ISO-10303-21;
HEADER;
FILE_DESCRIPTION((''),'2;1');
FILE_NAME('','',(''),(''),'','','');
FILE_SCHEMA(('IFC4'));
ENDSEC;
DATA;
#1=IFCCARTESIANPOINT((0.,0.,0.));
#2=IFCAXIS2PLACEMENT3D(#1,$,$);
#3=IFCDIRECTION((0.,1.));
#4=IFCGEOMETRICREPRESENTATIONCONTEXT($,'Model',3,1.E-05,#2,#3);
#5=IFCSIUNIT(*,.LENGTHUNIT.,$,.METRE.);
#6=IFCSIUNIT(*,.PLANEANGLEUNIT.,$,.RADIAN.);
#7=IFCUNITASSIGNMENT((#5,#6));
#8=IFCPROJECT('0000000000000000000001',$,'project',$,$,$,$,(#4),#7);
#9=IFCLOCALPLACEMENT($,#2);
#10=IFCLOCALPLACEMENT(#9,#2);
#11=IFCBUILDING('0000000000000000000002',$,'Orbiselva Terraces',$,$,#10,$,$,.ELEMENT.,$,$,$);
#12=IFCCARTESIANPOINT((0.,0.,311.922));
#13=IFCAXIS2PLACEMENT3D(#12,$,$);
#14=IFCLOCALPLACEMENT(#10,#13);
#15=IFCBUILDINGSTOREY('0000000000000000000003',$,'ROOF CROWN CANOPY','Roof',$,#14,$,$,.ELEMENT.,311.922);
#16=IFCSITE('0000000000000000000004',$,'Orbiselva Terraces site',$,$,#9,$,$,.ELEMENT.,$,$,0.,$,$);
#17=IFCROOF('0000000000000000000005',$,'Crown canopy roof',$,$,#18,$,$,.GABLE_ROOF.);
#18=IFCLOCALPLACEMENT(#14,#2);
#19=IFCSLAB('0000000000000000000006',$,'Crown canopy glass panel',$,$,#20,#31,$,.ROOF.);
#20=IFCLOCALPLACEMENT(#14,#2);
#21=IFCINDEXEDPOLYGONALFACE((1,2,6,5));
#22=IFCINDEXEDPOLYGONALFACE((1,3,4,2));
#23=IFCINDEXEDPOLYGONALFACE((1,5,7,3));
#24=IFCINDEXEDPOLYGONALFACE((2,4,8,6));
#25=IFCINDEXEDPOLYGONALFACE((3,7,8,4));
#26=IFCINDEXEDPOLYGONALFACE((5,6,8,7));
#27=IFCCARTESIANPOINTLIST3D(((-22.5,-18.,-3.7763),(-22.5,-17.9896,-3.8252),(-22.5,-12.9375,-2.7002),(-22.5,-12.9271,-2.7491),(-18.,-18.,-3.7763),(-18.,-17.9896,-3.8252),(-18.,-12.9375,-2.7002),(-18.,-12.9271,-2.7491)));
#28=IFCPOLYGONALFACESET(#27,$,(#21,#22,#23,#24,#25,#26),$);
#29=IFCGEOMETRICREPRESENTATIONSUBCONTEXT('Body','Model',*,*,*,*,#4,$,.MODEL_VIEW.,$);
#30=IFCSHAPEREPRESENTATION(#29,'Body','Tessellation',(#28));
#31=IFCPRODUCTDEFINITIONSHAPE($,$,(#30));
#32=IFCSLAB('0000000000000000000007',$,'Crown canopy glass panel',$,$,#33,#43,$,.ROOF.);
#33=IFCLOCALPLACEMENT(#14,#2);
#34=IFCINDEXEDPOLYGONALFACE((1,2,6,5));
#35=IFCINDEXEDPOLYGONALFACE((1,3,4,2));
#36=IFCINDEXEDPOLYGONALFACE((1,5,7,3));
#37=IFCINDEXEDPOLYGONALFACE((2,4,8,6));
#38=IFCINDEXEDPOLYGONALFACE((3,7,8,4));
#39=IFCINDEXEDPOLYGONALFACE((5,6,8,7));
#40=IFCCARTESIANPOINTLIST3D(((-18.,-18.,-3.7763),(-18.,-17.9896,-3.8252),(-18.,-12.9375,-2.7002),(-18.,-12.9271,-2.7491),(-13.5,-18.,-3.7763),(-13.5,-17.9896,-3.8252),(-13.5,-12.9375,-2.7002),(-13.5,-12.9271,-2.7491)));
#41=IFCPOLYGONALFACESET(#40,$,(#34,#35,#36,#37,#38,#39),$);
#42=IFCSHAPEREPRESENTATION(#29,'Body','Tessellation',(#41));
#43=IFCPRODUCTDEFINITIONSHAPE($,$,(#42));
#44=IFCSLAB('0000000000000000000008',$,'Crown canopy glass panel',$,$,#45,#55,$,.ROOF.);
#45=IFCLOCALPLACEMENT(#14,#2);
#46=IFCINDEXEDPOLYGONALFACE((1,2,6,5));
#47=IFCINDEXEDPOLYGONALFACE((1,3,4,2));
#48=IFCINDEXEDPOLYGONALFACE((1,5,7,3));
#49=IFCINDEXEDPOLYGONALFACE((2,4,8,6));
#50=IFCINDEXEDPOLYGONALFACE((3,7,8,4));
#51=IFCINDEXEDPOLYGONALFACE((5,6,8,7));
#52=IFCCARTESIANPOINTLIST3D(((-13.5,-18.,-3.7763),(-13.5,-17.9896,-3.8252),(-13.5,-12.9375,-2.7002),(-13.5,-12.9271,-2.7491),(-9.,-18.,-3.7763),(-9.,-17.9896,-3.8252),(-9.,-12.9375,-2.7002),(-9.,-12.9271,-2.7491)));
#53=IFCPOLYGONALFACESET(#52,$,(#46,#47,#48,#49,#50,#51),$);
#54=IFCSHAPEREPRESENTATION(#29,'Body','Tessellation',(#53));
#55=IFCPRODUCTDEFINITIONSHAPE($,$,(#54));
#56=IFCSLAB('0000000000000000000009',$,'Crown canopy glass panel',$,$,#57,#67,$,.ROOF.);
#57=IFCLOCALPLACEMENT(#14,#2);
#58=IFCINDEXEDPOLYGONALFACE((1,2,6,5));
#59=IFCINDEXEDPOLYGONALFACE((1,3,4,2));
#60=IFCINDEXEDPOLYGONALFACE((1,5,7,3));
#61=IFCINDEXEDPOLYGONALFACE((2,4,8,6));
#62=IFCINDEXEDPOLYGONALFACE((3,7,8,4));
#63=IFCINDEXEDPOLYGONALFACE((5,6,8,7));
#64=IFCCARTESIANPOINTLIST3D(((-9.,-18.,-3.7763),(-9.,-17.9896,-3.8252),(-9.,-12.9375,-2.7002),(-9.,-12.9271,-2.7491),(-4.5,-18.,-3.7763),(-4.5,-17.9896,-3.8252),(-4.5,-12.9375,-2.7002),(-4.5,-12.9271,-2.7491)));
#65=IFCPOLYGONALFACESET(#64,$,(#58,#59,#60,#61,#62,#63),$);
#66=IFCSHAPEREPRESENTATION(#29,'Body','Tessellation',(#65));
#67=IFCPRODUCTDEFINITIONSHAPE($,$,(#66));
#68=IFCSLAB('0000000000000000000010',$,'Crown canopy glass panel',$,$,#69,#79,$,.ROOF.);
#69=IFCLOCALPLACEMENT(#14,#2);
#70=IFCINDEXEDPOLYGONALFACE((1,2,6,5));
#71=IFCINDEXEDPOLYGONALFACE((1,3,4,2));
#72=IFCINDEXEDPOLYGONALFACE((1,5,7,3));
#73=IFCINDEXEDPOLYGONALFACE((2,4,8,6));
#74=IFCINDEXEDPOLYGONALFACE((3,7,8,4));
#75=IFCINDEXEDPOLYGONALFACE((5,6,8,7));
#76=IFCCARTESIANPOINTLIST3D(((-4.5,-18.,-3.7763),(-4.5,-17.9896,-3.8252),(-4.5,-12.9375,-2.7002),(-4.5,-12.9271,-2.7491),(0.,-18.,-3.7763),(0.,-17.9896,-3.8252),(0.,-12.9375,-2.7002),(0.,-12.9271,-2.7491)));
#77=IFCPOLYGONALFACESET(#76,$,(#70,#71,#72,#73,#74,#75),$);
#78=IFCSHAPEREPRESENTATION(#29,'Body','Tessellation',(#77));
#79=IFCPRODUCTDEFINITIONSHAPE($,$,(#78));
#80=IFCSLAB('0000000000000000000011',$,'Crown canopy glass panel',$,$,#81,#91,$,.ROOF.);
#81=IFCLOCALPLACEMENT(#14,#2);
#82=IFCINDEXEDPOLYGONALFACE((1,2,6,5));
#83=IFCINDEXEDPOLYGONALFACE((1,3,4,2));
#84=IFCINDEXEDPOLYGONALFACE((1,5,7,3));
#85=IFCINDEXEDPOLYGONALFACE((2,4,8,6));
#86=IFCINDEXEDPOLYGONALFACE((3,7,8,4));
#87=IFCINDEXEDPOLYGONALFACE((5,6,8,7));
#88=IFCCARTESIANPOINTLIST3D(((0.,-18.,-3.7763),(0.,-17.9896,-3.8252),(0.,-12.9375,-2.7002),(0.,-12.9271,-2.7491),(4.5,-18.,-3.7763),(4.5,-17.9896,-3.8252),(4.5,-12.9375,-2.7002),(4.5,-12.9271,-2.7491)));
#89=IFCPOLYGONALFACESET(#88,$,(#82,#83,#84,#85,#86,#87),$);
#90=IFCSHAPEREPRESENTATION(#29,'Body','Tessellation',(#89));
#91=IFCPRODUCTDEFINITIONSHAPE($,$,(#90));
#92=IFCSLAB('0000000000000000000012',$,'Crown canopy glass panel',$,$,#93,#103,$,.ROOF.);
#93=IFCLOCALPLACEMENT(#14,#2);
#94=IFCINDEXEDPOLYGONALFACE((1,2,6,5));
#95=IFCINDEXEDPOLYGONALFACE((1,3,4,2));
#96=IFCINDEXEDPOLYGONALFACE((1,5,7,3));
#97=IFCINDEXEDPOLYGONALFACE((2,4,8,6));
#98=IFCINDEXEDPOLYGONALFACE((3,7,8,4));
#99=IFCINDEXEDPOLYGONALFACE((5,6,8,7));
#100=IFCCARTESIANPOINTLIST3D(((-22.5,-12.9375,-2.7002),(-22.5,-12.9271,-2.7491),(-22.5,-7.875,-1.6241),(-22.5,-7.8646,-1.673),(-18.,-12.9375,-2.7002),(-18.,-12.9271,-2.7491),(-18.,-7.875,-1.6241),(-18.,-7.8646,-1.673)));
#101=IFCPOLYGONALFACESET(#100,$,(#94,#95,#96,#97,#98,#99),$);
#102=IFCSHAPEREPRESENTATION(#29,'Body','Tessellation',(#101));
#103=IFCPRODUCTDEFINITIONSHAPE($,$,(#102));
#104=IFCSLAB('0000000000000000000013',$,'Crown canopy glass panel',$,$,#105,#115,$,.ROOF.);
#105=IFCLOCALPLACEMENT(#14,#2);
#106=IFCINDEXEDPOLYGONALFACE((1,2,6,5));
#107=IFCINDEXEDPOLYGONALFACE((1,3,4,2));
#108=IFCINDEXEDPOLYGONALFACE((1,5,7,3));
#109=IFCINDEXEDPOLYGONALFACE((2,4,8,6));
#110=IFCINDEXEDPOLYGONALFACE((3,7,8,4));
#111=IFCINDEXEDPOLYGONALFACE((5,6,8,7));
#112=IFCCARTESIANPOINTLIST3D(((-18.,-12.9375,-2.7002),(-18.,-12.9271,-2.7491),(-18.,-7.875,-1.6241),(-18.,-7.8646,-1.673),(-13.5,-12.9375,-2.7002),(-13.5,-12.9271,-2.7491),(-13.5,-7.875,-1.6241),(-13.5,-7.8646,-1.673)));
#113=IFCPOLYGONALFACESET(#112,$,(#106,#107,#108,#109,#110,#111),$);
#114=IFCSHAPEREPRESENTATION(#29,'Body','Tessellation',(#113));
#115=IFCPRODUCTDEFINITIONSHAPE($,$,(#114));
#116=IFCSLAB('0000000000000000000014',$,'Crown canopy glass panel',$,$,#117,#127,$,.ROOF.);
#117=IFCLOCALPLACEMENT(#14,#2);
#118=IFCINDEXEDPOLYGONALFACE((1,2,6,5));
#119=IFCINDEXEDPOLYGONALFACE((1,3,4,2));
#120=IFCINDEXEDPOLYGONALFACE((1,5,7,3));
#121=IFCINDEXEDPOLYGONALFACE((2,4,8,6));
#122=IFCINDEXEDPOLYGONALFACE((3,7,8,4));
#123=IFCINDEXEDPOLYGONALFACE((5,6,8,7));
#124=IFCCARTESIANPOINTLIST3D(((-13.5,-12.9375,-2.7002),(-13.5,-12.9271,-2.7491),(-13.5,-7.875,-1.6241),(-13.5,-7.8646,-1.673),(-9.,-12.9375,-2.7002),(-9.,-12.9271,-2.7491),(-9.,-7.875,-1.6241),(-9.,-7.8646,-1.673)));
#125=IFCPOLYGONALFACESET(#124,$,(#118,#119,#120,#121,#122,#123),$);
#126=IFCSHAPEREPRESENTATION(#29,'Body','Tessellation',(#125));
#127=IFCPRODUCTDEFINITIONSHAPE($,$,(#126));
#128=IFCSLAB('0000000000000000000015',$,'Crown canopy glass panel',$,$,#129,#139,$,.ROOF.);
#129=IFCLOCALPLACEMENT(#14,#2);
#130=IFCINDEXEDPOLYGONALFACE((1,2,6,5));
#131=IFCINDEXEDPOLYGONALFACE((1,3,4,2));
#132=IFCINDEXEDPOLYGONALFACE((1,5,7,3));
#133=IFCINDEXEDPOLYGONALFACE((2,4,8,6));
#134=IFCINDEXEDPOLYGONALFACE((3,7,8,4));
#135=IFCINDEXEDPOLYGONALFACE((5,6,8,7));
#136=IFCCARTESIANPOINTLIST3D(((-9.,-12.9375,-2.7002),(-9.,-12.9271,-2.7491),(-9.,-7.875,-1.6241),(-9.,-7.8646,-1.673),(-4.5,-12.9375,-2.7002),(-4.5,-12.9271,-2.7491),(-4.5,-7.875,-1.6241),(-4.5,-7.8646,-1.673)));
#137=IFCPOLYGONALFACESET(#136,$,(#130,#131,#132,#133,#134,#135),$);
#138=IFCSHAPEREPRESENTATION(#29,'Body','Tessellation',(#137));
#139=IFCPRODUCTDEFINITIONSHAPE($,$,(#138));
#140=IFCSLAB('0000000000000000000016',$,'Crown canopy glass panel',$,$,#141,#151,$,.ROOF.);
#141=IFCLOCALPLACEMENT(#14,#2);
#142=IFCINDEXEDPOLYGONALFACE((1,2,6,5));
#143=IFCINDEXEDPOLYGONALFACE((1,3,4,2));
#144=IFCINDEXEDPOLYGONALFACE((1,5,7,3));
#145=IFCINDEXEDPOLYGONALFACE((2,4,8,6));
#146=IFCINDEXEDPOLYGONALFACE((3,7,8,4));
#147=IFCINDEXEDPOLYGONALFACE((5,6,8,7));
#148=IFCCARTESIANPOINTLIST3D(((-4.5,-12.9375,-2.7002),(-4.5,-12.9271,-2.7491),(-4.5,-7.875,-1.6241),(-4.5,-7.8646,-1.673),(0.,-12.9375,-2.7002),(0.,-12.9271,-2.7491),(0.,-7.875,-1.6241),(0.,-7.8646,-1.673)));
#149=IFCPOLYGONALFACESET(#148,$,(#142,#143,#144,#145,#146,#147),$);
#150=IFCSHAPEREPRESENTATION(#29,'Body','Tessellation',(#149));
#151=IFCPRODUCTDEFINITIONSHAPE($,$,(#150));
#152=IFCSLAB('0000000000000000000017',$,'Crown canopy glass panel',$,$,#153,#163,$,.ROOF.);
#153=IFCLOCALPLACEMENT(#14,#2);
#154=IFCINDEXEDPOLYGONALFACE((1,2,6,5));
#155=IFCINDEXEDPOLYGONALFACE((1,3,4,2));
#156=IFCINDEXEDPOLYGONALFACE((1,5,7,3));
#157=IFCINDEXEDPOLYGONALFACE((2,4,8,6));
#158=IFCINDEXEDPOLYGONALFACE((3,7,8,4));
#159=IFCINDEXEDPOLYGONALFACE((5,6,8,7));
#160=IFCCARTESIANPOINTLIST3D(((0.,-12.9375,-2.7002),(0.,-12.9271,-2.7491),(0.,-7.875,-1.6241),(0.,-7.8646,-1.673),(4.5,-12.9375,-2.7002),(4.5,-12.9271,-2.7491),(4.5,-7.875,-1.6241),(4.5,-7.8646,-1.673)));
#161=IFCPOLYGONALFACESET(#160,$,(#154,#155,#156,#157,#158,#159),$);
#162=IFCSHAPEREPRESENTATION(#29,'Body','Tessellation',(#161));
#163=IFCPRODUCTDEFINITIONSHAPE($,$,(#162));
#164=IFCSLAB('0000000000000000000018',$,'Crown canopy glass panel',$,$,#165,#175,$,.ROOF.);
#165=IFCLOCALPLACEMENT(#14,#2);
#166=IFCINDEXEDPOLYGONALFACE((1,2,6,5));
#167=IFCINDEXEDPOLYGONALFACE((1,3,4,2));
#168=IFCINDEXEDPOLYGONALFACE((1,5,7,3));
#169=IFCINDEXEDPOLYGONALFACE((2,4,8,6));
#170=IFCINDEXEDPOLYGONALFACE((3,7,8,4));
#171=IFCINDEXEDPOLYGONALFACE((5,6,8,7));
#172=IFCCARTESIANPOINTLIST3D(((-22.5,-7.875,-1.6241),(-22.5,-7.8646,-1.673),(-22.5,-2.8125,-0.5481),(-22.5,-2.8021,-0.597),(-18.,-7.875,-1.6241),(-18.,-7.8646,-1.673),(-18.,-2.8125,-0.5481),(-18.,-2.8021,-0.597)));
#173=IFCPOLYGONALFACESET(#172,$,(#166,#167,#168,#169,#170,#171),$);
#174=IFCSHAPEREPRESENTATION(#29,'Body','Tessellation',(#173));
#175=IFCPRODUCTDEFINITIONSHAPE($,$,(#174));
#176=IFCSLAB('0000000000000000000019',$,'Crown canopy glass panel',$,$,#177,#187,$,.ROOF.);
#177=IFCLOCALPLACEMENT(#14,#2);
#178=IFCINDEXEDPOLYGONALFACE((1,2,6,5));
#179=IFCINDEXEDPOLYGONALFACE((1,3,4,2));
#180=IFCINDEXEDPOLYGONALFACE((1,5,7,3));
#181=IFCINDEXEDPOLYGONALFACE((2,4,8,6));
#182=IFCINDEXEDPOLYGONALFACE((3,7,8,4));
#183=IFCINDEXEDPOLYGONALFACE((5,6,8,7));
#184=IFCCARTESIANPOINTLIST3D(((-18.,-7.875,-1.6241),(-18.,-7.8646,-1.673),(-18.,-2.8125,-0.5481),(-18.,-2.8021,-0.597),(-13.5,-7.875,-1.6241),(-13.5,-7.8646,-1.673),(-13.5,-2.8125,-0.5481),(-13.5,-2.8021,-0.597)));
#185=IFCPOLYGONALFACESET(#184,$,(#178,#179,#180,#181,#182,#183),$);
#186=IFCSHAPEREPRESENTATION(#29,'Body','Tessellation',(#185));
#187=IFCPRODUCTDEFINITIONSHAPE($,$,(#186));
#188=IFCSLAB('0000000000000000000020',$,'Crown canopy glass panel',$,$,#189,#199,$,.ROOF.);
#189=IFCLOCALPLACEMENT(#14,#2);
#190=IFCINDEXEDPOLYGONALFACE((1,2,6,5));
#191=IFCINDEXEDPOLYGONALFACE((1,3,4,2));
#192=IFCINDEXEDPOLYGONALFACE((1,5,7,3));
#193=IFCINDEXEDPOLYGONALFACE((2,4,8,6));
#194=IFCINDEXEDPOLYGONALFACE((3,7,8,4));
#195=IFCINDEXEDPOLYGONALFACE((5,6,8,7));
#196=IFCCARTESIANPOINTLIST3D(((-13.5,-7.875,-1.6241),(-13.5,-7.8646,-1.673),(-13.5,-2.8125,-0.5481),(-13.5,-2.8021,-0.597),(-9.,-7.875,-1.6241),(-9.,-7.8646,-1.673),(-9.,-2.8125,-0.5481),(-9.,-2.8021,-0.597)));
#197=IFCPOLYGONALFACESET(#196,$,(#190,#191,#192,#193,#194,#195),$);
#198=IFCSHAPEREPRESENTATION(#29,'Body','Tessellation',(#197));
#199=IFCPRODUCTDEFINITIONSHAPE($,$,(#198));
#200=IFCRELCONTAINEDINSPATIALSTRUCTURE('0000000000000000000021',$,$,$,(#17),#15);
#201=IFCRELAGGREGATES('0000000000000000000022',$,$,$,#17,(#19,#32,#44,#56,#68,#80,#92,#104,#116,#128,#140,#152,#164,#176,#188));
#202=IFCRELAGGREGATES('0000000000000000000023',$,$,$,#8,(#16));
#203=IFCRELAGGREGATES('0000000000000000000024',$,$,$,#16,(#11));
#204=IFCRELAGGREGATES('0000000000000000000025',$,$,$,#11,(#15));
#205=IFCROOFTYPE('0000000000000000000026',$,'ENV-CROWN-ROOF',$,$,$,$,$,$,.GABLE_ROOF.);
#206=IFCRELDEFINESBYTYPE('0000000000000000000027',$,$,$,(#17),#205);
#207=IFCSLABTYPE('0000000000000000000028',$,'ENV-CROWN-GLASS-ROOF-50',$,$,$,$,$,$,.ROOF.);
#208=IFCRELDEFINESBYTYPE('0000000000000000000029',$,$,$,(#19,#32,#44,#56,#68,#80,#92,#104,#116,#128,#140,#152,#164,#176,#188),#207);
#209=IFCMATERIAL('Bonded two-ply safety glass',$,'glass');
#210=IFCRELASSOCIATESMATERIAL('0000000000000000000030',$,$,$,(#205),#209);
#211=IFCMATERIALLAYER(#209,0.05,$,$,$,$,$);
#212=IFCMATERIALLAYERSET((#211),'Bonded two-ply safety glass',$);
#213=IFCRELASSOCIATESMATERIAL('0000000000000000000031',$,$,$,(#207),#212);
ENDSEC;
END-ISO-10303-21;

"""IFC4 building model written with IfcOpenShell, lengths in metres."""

from ifc_helpers import new_model, si_unit, direction, frame, origin, place, context, subcontext, project, spatial, polyline, outline, extrude, material, layer, layer_set, type_object, element, aggregate, save


model = new_model("IFC4")

# Units and contexts
model_context = context("Model", 3, precision=1e-05, world=origin(), true_north=direction((0.0, 1.0)))
body_context = subcontext(model_context, "Body", "Model", "MODEL_VIEW")
ifc_project = project(units=[si_unit("LENGTHUNIT", "METRE"), si_unit("PLANEANGLEUNIT", "RADIAN")], contexts=[model_context])

# Site, building, storey
site_placement = place(None, origin())
site = spatial("IfcSite", under=ifc_project, at=site_placement, Name="Orbiselva Terraces site", CompositionType="ELEMENT", RefElevation=0.0)
building_placement = place(site_placement, origin())
building = spatial("IfcBuilding", under=site, at=building_placement, Name="Orbiselva Terraces", CompositionType="ELEMENT")
storey_placement = place(building_placement, frame((0.0, 0.0, 311.922)))
storey = spatial("IfcBuildingStorey", under=building, at=storey_placement, Name="ROOF CROWN CANOPY", Description="Roof", CompositionType="ELEMENT", Elevation=311.922)

# Roof, slabs
ifc_material = material(Name="Bonded two-ply safety glass", Category="glass")
roof_type = type_object("IfcRoofType", Name="ENV-CROWN-ROOF", PredefinedType="GABLE_ROOF", material=ifc_material)
roof_placement = place(storey_placement, origin())
roof = element("IfcRoof", 1, at=roof_placement, inside=storey, type_object=roof_type, Name="Crown canopy roof", PredefinedType="GABLE_ROOF")
ifc_layer = layer(ifc_material, 0.05)
ifc_layer_set = layer_set([ifc_layer], Name="Bonded two-ply safety glass")
slab_type = type_object("IfcSlabType", Name="ENV-CROWN-GLASS-ROOF-50", PredefinedType="ROOF", material=ifc_layer_set)
slab_1_placement = place(storey_placement, frame((-22.5, -18.0, -3.7763), z_axis=(0.0, -0.207912, 0.978148), x_axis=(1.0, 0.0, 0.0)))
slab_1 = element("IfcSlab", 2, at=slab_1_placement, type_object=slab_type, Name="Crown canopy glass panel", PredefinedType="ROOF", context=body_context, shape_type="SweptSolid", body=[
    extrude(outline(polyline([(0.0, 0.0), (4.5, 0.0), (4.5, 5.1756), (0.0, 5.1756), (0.0, 0.0)])), origin(), (0.0, 0.0, -1.0), 0.05),
])
slab_2_placement = place(storey_placement, frame((-18.0, -18.0, -3.7763), z_axis=(0.0, -0.207912, 0.978148), x_axis=(1.0, 0.0, 0.0)))
slab_2 = element("IfcSlab", 3, at=slab_2_placement, type_object=slab_type, Name="Crown canopy glass panel", PredefinedType="ROOF", context=body_context, shape_type="SweptSolid", body=[
    extrude(outline(polyline([(0.0, 0.0), (4.5, 0.0), (4.5, 5.1756), (0.0, 5.1756), (0.0, 0.0)])), origin(), (0.0, 0.0, -1.0), 0.05),
])
slab_3_placement = place(storey_placement, frame((-13.5, -18.0, -3.7763), z_axis=(0.0, -0.207912, 0.978148), x_axis=(1.0, 0.0, 0.0)))
slab_3 = element("IfcSlab", 4, at=slab_3_placement, type_object=slab_type, Name="Crown canopy glass panel", PredefinedType="ROOF", context=body_context, shape_type="SweptSolid", body=[
    extrude(outline(polyline([(0.0, 0.0), (4.5, 0.0), (4.5, 5.1756), (0.0, 5.1756), (0.0, 0.0)])), origin(), (0.0, 0.0, -1.0), 0.05),
])
slab_4_placement = place(storey_placement, frame((-9.0, -18.0, -3.7763), z_axis=(0.0, -0.207912, 0.978148), x_axis=(1.0, 0.0, 0.0)))
slab_4 = element("IfcSlab", 5, at=slab_4_placement, type_object=slab_type, Name="Crown canopy glass panel", PredefinedType="ROOF", context=body_context, shape_type="SweptSolid", body=[
    extrude(outline(polyline([(0.0, 0.0), (4.5, 0.0), (4.5, 5.1756), (0.0, 5.1756), (0.0, 0.0)])), origin(), (0.0, 0.0, -1.0), 0.05),
])
slab_5_placement = place(storey_placement, frame((-4.5, -18.0, -3.7763), z_axis=(0.0, -0.207912, 0.978148), x_axis=(1.0, 0.0, 0.0)))
slab_5 = element("IfcSlab", 6, at=slab_5_placement, type_object=slab_type, Name="Crown canopy glass panel", PredefinedType="ROOF", context=body_context, shape_type="SweptSolid", body=[
    extrude(outline(polyline([(0.0, 0.0), (4.5, 0.0), (4.5, 5.1756), (0.0, 5.1756), (0.0, 0.0)])), origin(), (0.0, 0.0, -1.0), 0.05),
])
slab_6_placement = place(storey_placement, frame((0.0, -18.0, -3.7763), z_axis=(0.0, -0.207912, 0.978148), x_axis=(1.0, 0.0, 0.0)))
slab_6 = element("IfcSlab", 7, at=slab_6_placement, type_object=slab_type, Name="Crown canopy glass panel", PredefinedType="ROOF", context=body_context, shape_type="SweptSolid", body=[
    extrude(outline(polyline([(0.0, 0.0), (4.5, 0.0), (4.5, 5.1756), (0.0, 5.1756), (0.0, 0.0)])), origin(), (0.0, 0.0, -1.0), 0.05),
])
slab_7_placement = place(storey_placement, frame((-22.5, -12.9375, -2.7002), z_axis=(0.0, -0.207912, 0.978148), x_axis=(1.0, 0.0, 0.0)))
slab_7 = element("IfcSlab", 8, at=slab_7_placement, type_object=slab_type, Name="Crown canopy glass panel", PredefinedType="ROOF", context=body_context, shape_type="SweptSolid", body=[
    extrude(outline(polyline([(0.0, 0.0), (4.5, 0.0), (4.5, 5.1756), (0.0, 5.1756), (0.0, 0.0)])), origin(), (0.0, 0.0, -1.0), 0.05),
])
slab_8_placement = place(storey_placement, frame((-18.0, -12.9375, -2.7002), z_axis=(0.0, -0.207912, 0.978148), x_axis=(1.0, 0.0, 0.0)))
slab_8 = element("IfcSlab", 9, at=slab_8_placement, type_object=slab_type, Name="Crown canopy glass panel", PredefinedType="ROOF", context=body_context, shape_type="SweptSolid", body=[
    extrude(outline(polyline([(0.0, 0.0), (4.5, 0.0), (4.5, 5.1756), (0.0, 5.1756), (0.0, 0.0)])), origin(), (0.0, 0.0, -1.0), 0.05),
])
slab_9_placement = place(storey_placement, frame((-13.5, -12.9375, -2.7002), z_axis=(0.0, -0.207912, 0.978148), x_axis=(1.0, 0.0, 0.0)))
slab_9 = element("IfcSlab", 10, at=slab_9_placement, type_object=slab_type, Name="Crown canopy glass panel", PredefinedType="ROOF", context=body_context, shape_type="SweptSolid", body=[
    extrude(outline(polyline([(0.0, 0.0), (4.5, 0.0), (4.5, 5.1756), (0.0, 5.1756), (0.0, 0.0)])), origin(), (0.0, 0.0, -1.0), 0.05),
])
slab_10_placement = place(storey_placement, frame((-9.0, -12.9375, -2.7002), z_axis=(0.0, -0.207912, 0.978148), x_axis=(1.0, 0.0, 0.0)))
slab_10 = element("IfcSlab", 11, at=slab_10_placement, type_object=slab_type, Name="Crown canopy glass panel", PredefinedType="ROOF", context=body_context, shape_type="SweptSolid", body=[
    extrude(outline(polyline([(0.0, 0.0), (4.5, 0.0), (4.5, 5.1756), (0.0, 5.1756), (0.0, 0.0)])), origin(), (0.0, 0.0, -1.0), 0.05),
])
slab_11_placement = place(storey_placement, frame((-4.5, -12.9375, -2.7002), z_axis=(0.0, -0.207912, 0.978148), x_axis=(1.0, 0.0, 0.0)))
slab_11 = element("IfcSlab", 12, at=slab_11_placement, type_object=slab_type, Name="Crown canopy glass panel", PredefinedType="ROOF", context=body_context, shape_type="SweptSolid", body=[
    extrude(outline(polyline([(0.0, 0.0), (4.5, 0.0), (4.5, 5.1756), (0.0, 5.1756), (0.0, 0.0)])), origin(), (0.0, 0.0, -1.0), 0.05),
])
slab_12_placement = place(storey_placement, frame((0.0, -12.9375, -2.7002), z_axis=(0.0, -0.207912, 0.978148), x_axis=(1.0, 0.0, 0.0)))
slab_12 = element("IfcSlab", 13, at=slab_12_placement, type_object=slab_type, Name="Crown canopy glass panel", PredefinedType="ROOF", context=body_context, shape_type="SweptSolid", body=[
    extrude(outline(polyline([(0.0, 0.0), (4.5, 0.0), (4.5, 5.1756), (0.0, 5.1756), (0.0, 0.0)])), origin(), (0.0, 0.0, -1.0), 0.05),
])
slab_13_placement = place(storey_placement, frame((-22.5, -7.875, -1.6241), z_axis=(0.0, -0.207912, 0.978148), x_axis=(1.0, 0.0, 0.0)))
slab_13 = element("IfcSlab", 14, at=slab_13_placement, type_object=slab_type, Name="Crown canopy glass panel", PredefinedType="ROOF", context=body_context, shape_type="SweptSolid", body=[
    extrude(outline(polyline([(0.0, 0.0), (4.5, 0.0), (4.5, 5.1756), (0.0, 5.1756), (0.0, 0.0)])), origin(), (0.0, 0.0, -1.0), 0.05),
])
slab_14_placement = place(storey_placement, frame((-18.0, -7.875, -1.6241), z_axis=(0.0, -0.207912, 0.978148), x_axis=(1.0, 0.0, 0.0)))
slab_14 = element("IfcSlab", 15, at=slab_14_placement, type_object=slab_type, Name="Crown canopy glass panel", PredefinedType="ROOF", context=body_context, shape_type="SweptSolid", body=[
    extrude(outline(polyline([(0.0, 0.0), (4.5, 0.0), (4.5, 5.1756), (0.0, 5.1756), (0.0, 0.0)])), origin(), (0.0, 0.0, -1.0), 0.05),
])
slab_15_placement = place(storey_placement, frame((-13.5, -7.875, -1.6241), z_axis=(0.0, -0.207912, 0.978148), x_axis=(1.0, 0.0, 0.0)))
slab_15 = element("IfcSlab", 16, at=slab_15_placement, type_object=slab_type, Name="Crown canopy glass panel", PredefinedType="ROOF", context=body_context, shape_type="SweptSolid", body=[
    extrude(outline(polyline([(0.0, 0.0), (4.5, 0.0), (4.5, 5.1756), (0.0, 5.1756), (0.0, 0.0)])), origin(), (0.0, 0.0, -1.0), 0.05),
])
aggregate(roof, [slab_1, slab_2, slab_3, slab_4, slab_5, slab_6, slab_7, slab_8, slab_9, slab_10, slab_11, slab_12, slab_13, slab_14, slab_15])

save(model, "model.ifc")
